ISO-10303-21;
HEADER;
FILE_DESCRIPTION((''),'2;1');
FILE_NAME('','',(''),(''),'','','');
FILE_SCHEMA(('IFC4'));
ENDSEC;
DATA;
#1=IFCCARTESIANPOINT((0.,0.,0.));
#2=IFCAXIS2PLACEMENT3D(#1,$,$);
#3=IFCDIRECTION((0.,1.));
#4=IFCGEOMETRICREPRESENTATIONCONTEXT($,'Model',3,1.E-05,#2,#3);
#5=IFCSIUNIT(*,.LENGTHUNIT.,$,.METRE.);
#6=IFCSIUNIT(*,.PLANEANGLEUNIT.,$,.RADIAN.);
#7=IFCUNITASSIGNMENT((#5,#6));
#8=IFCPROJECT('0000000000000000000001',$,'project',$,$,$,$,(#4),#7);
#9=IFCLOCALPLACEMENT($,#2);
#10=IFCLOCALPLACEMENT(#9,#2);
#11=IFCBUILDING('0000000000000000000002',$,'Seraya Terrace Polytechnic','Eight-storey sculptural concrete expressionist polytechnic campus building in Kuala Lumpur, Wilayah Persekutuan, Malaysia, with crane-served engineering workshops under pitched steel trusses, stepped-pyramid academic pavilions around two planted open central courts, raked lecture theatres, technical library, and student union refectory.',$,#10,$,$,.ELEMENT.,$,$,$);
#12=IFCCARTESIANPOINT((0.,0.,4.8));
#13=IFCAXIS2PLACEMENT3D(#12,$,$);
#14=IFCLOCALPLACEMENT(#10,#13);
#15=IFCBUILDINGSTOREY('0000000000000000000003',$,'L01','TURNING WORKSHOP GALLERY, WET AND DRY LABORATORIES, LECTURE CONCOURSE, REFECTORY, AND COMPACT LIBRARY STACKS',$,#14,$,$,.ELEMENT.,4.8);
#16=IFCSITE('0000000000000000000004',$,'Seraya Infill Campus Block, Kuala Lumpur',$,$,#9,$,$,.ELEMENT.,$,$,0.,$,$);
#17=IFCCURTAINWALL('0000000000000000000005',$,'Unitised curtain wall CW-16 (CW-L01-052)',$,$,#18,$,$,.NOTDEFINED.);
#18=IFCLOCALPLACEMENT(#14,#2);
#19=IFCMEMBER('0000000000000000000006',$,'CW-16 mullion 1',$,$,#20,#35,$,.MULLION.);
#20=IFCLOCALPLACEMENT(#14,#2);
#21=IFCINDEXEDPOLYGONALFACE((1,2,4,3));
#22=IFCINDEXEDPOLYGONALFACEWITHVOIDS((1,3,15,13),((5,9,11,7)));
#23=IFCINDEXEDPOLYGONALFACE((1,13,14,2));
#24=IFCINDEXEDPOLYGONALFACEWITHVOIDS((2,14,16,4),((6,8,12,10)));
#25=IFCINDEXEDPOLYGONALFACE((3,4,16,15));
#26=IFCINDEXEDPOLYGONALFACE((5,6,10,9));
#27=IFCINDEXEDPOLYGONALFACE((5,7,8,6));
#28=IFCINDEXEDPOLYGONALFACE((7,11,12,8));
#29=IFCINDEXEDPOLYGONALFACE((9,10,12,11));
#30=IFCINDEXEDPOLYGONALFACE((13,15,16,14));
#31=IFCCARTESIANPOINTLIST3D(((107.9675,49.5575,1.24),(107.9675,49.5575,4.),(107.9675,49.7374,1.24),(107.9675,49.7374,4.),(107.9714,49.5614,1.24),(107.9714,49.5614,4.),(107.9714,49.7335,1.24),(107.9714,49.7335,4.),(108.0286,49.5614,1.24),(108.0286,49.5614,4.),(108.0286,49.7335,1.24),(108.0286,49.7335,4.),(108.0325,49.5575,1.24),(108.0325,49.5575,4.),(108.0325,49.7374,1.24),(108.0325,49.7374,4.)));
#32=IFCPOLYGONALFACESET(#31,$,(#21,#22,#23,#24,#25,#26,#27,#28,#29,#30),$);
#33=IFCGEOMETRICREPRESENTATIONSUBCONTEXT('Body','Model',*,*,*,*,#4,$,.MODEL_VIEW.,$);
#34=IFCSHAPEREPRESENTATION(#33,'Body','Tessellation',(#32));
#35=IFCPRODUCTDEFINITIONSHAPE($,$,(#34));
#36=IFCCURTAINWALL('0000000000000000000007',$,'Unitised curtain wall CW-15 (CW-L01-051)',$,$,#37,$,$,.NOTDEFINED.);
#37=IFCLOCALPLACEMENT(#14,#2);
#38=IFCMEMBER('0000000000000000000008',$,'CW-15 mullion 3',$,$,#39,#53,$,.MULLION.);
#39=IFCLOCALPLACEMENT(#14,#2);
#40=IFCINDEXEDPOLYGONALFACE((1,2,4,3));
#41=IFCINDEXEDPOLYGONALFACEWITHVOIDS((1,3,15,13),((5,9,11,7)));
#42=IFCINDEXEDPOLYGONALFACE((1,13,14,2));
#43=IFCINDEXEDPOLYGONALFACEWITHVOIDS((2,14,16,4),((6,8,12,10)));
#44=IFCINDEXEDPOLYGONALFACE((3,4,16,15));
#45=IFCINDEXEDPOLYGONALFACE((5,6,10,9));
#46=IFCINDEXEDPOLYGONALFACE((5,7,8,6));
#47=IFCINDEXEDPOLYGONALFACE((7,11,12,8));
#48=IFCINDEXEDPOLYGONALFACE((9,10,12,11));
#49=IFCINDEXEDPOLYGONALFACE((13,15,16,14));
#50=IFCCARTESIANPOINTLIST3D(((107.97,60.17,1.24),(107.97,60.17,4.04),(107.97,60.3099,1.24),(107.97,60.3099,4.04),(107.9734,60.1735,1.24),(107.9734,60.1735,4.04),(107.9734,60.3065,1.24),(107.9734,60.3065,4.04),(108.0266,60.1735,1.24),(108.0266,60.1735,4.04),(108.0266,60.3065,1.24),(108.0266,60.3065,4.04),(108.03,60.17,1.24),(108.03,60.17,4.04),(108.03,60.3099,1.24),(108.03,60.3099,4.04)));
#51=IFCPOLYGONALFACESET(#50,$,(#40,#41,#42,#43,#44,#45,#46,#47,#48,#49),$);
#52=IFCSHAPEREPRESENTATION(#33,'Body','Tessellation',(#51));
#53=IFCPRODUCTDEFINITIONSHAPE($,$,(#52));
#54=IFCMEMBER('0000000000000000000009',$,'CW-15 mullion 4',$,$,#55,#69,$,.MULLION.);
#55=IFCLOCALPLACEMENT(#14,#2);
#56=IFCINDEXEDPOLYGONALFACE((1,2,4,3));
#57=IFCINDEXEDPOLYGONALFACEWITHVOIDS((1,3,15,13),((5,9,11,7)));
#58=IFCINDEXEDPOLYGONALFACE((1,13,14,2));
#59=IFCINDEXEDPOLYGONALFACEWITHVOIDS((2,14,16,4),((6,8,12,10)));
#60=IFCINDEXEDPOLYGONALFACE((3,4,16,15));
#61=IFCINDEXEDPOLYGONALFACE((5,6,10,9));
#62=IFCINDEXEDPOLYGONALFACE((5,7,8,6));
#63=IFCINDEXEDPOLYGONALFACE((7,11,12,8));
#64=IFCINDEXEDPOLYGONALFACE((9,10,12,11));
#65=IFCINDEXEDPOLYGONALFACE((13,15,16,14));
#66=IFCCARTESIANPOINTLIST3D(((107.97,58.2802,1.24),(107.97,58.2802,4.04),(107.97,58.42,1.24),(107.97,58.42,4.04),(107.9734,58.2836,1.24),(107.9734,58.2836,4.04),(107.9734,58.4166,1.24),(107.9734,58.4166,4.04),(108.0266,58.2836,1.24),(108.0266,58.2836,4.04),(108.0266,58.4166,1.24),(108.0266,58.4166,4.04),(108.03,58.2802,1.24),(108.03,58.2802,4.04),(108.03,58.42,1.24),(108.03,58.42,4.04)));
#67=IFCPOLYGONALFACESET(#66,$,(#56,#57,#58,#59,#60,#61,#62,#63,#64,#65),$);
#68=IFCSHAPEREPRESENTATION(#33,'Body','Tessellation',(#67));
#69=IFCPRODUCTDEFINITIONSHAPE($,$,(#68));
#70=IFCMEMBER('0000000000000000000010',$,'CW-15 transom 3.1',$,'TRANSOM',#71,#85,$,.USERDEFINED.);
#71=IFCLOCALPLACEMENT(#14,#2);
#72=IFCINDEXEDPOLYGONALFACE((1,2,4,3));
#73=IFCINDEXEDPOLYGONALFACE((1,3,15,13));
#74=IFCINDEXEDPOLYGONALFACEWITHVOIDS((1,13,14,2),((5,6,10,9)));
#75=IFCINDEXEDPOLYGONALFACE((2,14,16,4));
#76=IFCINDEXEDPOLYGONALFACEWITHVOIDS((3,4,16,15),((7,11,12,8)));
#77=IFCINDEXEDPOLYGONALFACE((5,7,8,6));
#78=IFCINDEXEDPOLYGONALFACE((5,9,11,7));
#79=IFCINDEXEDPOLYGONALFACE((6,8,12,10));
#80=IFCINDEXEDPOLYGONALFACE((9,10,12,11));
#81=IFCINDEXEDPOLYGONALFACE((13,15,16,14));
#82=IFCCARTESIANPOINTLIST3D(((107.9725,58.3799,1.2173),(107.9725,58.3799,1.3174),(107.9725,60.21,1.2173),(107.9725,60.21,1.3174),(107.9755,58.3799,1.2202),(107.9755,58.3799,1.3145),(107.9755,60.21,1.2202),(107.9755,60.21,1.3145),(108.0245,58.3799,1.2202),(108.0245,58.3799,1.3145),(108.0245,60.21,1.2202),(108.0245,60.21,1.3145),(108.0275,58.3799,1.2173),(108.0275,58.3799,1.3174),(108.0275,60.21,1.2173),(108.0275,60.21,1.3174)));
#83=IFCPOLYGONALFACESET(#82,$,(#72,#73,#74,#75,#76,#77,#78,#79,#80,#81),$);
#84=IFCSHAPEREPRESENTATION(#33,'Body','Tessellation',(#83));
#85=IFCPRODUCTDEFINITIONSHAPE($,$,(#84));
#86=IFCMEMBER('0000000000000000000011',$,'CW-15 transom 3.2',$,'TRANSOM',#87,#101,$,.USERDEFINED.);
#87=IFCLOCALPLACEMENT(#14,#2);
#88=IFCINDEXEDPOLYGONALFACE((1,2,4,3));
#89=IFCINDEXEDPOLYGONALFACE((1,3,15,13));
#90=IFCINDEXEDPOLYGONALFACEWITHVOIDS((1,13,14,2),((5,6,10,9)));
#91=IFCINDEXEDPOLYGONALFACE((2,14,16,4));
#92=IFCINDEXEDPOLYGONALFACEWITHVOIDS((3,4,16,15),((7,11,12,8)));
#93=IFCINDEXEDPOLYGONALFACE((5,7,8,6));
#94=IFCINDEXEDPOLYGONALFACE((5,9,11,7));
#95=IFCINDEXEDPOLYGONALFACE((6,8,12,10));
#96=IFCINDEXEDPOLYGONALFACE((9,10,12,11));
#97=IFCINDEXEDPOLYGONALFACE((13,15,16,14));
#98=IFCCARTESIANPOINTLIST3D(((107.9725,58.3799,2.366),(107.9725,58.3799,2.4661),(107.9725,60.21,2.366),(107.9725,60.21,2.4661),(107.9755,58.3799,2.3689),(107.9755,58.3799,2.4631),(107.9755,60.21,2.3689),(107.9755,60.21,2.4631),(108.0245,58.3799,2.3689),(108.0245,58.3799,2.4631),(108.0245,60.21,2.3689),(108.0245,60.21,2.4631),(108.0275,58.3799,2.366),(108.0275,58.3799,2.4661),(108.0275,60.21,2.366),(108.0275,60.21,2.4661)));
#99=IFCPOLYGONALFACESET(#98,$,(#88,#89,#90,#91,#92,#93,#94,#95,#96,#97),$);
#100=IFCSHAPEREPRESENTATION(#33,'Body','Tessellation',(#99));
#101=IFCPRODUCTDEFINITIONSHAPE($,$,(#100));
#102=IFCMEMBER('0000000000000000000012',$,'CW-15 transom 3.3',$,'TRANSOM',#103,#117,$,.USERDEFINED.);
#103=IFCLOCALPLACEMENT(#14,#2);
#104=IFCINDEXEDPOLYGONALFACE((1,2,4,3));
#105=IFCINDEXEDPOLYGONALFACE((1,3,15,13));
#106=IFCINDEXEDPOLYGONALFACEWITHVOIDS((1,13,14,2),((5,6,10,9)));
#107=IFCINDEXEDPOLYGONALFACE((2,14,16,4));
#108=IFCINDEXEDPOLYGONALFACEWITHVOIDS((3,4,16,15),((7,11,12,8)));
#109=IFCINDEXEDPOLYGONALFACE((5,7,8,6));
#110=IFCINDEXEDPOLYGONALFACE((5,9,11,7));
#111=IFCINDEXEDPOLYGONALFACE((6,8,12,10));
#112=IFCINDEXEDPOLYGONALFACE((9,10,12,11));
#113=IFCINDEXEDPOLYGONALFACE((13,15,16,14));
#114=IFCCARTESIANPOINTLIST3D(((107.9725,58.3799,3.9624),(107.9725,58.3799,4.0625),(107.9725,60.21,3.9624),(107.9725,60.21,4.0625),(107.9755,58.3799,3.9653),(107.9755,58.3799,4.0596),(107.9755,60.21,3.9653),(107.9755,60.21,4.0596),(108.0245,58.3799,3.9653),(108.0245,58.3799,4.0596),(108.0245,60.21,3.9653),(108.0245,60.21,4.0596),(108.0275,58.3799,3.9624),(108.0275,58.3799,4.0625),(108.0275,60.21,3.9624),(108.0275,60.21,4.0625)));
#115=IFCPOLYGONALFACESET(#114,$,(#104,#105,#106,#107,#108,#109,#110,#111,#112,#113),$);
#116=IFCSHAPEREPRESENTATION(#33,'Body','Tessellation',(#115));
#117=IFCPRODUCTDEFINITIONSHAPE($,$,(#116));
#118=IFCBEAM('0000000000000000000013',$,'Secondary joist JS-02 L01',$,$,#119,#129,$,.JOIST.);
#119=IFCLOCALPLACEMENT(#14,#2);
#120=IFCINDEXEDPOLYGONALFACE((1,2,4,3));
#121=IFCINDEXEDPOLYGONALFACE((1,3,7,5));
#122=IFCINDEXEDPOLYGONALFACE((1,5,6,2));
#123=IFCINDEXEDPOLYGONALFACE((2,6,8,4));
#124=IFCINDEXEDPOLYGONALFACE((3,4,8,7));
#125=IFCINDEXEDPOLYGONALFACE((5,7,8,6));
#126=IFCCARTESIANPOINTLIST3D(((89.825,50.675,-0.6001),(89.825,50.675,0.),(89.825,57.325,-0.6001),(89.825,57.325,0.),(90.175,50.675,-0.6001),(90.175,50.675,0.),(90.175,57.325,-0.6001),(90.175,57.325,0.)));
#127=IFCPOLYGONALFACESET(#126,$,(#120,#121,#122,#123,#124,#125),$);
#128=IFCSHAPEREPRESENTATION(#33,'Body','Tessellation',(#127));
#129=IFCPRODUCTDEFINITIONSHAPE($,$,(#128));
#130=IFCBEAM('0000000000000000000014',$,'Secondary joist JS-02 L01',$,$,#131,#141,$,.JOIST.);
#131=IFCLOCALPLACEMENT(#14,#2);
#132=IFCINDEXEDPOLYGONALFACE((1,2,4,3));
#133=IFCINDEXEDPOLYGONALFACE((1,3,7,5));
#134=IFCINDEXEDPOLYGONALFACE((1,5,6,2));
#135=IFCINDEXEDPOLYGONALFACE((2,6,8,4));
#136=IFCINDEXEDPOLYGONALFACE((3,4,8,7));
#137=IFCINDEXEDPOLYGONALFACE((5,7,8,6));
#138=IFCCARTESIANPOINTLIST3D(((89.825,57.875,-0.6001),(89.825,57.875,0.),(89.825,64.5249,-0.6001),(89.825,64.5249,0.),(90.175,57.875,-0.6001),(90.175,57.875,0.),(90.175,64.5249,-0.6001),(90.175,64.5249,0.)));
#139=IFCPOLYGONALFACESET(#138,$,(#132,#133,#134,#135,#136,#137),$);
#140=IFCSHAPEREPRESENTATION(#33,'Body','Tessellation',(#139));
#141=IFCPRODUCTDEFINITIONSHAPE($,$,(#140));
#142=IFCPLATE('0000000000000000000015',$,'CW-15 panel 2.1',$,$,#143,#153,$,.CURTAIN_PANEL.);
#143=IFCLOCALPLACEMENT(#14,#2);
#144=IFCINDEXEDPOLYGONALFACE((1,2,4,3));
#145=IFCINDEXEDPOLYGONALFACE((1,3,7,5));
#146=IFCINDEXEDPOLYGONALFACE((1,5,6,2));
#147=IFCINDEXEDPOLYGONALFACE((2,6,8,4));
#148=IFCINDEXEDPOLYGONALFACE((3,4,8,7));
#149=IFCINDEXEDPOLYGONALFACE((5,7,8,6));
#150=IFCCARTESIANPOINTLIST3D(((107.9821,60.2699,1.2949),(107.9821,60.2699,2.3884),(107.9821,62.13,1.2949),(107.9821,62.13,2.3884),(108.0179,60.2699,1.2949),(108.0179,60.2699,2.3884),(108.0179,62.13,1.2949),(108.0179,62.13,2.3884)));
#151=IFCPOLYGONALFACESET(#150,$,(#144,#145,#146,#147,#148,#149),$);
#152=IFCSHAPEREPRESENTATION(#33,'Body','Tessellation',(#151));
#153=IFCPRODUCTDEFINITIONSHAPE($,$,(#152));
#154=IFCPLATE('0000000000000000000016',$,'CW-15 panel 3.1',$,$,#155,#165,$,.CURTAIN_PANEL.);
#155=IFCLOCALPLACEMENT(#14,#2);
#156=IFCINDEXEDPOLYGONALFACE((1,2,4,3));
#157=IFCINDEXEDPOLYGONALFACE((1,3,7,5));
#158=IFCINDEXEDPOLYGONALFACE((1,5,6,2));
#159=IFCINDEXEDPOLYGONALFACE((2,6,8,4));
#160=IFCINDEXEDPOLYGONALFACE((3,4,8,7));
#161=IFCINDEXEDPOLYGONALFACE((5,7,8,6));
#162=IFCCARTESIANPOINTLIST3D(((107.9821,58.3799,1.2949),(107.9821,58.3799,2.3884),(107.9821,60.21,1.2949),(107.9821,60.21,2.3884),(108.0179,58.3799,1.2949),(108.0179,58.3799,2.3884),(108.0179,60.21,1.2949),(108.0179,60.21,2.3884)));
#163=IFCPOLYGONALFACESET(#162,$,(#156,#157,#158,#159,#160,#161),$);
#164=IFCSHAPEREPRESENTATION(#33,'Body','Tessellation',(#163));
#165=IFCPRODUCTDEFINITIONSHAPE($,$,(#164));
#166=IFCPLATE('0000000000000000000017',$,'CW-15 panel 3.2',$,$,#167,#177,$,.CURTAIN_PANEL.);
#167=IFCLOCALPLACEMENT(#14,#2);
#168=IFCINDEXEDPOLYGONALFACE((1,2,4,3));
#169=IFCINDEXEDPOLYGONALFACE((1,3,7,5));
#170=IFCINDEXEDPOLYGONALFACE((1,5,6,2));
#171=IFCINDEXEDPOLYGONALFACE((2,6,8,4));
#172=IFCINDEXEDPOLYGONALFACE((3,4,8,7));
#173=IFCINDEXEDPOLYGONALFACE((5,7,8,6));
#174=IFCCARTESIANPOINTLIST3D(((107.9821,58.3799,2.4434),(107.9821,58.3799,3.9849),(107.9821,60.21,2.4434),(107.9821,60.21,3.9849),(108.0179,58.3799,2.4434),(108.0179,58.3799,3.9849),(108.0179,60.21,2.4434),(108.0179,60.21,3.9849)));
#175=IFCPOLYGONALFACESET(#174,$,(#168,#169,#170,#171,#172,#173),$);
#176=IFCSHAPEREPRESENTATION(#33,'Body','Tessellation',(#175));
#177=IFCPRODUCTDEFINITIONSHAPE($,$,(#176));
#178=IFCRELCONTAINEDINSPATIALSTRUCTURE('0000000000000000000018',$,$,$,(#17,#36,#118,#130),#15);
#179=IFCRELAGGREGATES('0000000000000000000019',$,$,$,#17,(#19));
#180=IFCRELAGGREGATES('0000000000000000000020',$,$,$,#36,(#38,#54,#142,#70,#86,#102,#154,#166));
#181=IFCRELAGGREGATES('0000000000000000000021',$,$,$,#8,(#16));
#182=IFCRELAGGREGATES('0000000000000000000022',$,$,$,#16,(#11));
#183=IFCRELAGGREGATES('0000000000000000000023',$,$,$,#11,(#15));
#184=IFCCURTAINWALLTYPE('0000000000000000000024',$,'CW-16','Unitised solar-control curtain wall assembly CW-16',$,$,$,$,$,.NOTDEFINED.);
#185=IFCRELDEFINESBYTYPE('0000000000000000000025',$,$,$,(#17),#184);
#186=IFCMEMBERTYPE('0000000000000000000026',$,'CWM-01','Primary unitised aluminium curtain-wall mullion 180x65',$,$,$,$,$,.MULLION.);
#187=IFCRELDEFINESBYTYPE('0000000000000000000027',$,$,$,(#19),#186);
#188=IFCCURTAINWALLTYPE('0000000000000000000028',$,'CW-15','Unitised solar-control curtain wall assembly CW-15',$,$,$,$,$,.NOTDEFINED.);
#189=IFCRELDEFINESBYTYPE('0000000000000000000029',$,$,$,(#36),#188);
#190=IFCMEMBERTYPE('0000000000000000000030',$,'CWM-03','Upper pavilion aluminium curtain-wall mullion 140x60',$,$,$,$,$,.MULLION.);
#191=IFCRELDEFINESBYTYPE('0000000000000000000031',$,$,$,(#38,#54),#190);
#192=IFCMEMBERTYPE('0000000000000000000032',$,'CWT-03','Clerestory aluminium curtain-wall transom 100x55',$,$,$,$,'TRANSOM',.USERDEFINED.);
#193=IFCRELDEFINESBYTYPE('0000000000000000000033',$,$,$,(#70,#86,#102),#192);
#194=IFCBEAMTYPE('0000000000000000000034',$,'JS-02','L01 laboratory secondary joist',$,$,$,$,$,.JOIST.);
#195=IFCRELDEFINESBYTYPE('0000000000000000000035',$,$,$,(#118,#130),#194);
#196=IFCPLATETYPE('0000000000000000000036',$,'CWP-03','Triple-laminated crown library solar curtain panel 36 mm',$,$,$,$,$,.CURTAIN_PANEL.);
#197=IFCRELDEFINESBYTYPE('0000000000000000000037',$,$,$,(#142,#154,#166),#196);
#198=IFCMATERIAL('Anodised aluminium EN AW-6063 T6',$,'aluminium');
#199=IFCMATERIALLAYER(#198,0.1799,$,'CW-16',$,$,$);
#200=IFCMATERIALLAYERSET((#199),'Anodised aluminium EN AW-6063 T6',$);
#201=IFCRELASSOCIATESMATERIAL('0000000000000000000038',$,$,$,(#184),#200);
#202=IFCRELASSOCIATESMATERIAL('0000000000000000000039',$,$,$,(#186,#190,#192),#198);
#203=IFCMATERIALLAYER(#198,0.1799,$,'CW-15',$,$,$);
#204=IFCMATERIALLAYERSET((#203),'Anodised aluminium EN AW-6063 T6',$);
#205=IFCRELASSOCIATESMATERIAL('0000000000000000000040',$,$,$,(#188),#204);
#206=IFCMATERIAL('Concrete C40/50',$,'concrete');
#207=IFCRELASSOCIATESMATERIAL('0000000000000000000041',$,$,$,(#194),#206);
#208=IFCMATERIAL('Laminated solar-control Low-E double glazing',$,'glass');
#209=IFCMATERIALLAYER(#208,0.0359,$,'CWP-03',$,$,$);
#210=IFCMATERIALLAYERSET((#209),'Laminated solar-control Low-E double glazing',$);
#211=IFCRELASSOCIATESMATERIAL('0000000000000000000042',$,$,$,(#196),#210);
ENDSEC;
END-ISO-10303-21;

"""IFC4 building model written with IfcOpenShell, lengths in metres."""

from ifc_helpers import new_model, si_unit, direction, frame, origin, origin_2d, place, context, subcontext, project, spatial, rectangle, hollow_rectangle, extrude, material, layer, layer_set, material_profile, profile_set, type_object, element, aggregate, save


model = new_model("IFC4")

# Units and contexts
model_context = context("Model", 3, precision=1e-05, world=origin(), true_north=direction((0.0, 1.0)))
body_context = subcontext(model_context, "Body", "Model", "MODEL_VIEW")
ifc_project = project(units=[si_unit("LENGTHUNIT", "METRE"), si_unit("PLANEANGLEUNIT", "RADIAN")], contexts=[model_context])

# Site, building, storey
site_placement = place(None, origin())
site = spatial("IfcSite", under=ifc_project, at=site_placement, Name="Seraya Infill Campus Block, Kuala Lumpur", CompositionType="ELEMENT", RefElevation=0.0)
building_placement = place(site_placement, origin())
building = spatial("IfcBuilding", under=site, at=building_placement, Name="Seraya Terrace Polytechnic", Description="Eight-storey sculptural concrete expressionist polytechnic campus building in Kuala Lumpur, Wilayah Persekutuan, Malaysia, with crane-served engineering workshops under pitched steel trusses, stepped-pyramid academic pavilions around two planted open central courts, raked lecture theatres, technical library, and student union refectory.", CompositionType="ELEMENT")
storey_placement = place(building_placement, frame((0.0, 0.0, 4.8)))
storey = spatial("IfcBuildingStorey", under=building, at=storey_placement, Name="L01", Description="TURNING WORKSHOP GALLERY, WET AND DRY LABORATORIES, LECTURE CONCOURSE, REFECTORY, AND COMPACT LIBRARY STACKS", CompositionType="ELEMENT", Elevation=4.8)

# Shared definitions
ifc_material_1 = material(Name="Concrete C40/50", Category="concrete")

# Curtain wall, member
ifc_material_2 = material(Name="Anodised aluminium EN AW-6063 T6", Category="aluminium")
ifc_layer_1 = layer(ifc_material_2, 0.1799, Name="CW-16")
ifc_layer_set_1 = layer_set([ifc_layer_1], Name="Anodised aluminium EN AW-6063 T6")
curtain_wall_type_1 = type_object("IfcCurtainWallType", Name="CW-16", Description="Unitised solar-control curtain wall assembly CW-16", PredefinedType="NOTDEFINED", material=ifc_layer_set_1)
curtain_wall_1_placement = place(storey_placement, origin())
curtain_wall_1 = element("IfcCurtainWall", 1, at=curtain_wall_1_placement, inside=storey, type_object=curtain_wall_type_1, Name="Unitised curtain wall CW-16 (CW-L01-052)", PredefinedType="NOTDEFINED")
ifc_material_profile_1 = material_profile(ifc_material_2, hollow_rectangle(XDim=0.0649, YDim=0.1799, WallThickness=0.0039, at=origin_2d()), Name="RHS 180x65x4.0")
ifc_profile_set_1 = profile_set([ifc_material_profile_1], Name="Anodised aluminium EN AW-6063 T6")
member_type_1 = type_object("IfcMemberType", Name="CWM-01", Description="Primary unitised aluminium curtain-wall mullion 180x65", PredefinedType="MULLION", material=ifc_profile_set_1)
member_1_placement = place(storey_placement, frame((108.0, 49.6475, 1.24), z_axis=(0.0, 0.0, 1.0), x_axis=(1.0, 0.0, 0.0)))
member_1 = element("IfcMember", 2, at=member_1_placement, type_object=member_type_1, Name="CW-16 mullion 1", PredefinedType="MULLION", context=body_context, shape_type="SweptSolid", body=[
    extrude(hollow_rectangle(XDim=0.0649, YDim=0.1799, WallThickness=0.0039, at=origin_2d()), origin(), (0.0, 0.0, 1.0), 2.76),
])
aggregate(curtain_wall_1, [member_1])

# Curtain wall, members
ifc_layer_2 = layer(ifc_material_2, 0.1799, Name="CW-15")
ifc_layer_set_2 = layer_set([ifc_layer_2], Name="Anodised aluminium EN AW-6063 T6")
curtain_wall_type_2 = type_object("IfcCurtainWallType", Name="CW-15", Description="Unitised solar-control curtain wall assembly CW-15", PredefinedType="NOTDEFINED", material=ifc_layer_set_2)
curtain_wall_2_placement = place(storey_placement, origin())
curtain_wall_2 = element("IfcCurtainWall", 3, at=curtain_wall_2_placement, inside=storey, type_object=curtain_wall_type_2, Name="Unitised curtain wall CW-15 (CW-L01-051)", PredefinedType="NOTDEFINED")
ifc_material_profile_2 = material_profile(ifc_material_2, hollow_rectangle(XDim=0.0601, YDim=0.1399, WallThickness=0.0034, at=origin_2d()), Name="RHS 140x60x3.5")
ifc_profile_set_2 = profile_set([ifc_material_profile_2], Name="Anodised aluminium EN AW-6063 T6")
member_type_2 = type_object("IfcMemberType", Name="CWM-03", Description="Upper pavilion aluminium curtain-wall mullion 140x60", PredefinedType="MULLION", material=ifc_profile_set_2)
member_2_placement = place(storey_placement, frame((108.0, 60.24, 1.24), z_axis=(0.0, 0.0, 1.0), x_axis=(1.0, 0.0, 0.0)))
member_2 = element("IfcMember", 4, at=member_2_placement, type_object=member_type_2, Name="CW-15 mullion 3", PredefinedType="MULLION", context=body_context, shape_type="SweptSolid", body=[
    extrude(hollow_rectangle(XDim=0.0601, YDim=0.1399, WallThickness=0.0034, at=origin_2d()), origin(), (0.0, 0.0, 1.0), 2.8),
])
member_3_placement = place(storey_placement, frame((108.0, 58.3501, 1.24), z_axis=(0.0, 0.0, 1.0), x_axis=(1.0, 0.0, 0.0)))
member_3 = element("IfcMember", 5, at=member_3_placement, type_object=member_type_2, Name="CW-15 mullion 4", PredefinedType="MULLION", context=body_context, shape_type="SweptSolid", body=[
    extrude(hollow_rectangle(XDim=0.0601, YDim=0.1399, WallThickness=0.0034, at=origin_2d()), origin(), (0.0, 0.0, 1.0), 2.8),
])
ifc_material_profile_3 = material_profile(ifc_material_2, hollow_rectangle(XDim=0.0549, YDim=0.1001, WallThickness=0.0029, at=origin_2d()), Name="RHS 100x55x3.0")
ifc_profile_set_3 = profile_set([ifc_material_profile_3], Name="Anodised aluminium EN AW-6063 T6")
member_type_3 = type_object("IfcMemberType", Name="CWT-03", Description="Clerestory aluminium curtain-wall transom 100x55", ElementType="TRANSOM", PredefinedType="USERDEFINED", material=ifc_profile_set_3)
member_4_placement = place(storey_placement, frame((108.0, 60.21, 1.2673), z_axis=(0.0, -1.0, 0.0), x_axis=(1.0, 0.0, 0.0)))
member_4 = element("IfcMember", 6, at=member_4_placement, type_object=member_type_3, Name="CW-15 transom 3.1", ObjectType="TRANSOM", PredefinedType="USERDEFINED", context=body_context, shape_type="SweptSolid", body=[
    extrude(hollow_rectangle(XDim=0.0549, YDim=0.1001, WallThickness=0.0029, at=origin_2d()), origin(), (0.0, 0.0, 1.0), 1.8301),
])
member_5_placement = place(storey_placement, frame((108.0, 60.21, 2.416), z_axis=(0.0, -1.0, 0.0), x_axis=(1.0, 0.0, 0.0)))
member_5 = element("IfcMember", 7, at=member_5_placement, type_object=member_type_3, Name="CW-15 transom 3.2", ObjectType="TRANSOM", PredefinedType="USERDEFINED", context=body_context, shape_type="SweptSolid", body=[
    extrude(hollow_rectangle(XDim=0.0549, YDim=0.1001, WallThickness=0.0029, at=origin_2d()), origin(), (0.0, 0.0, 1.0), 1.8301),
])
member_6_placement = place(storey_placement, frame((108.0, 60.21, 4.0125), z_axis=(0.0, -1.0, 0.0), x_axis=(1.0, 0.0, 0.0)))
member_6 = element("IfcMember", 8, at=member_6_placement, type_object=member_type_3, Name="CW-15 transom 3.3", ObjectType="TRANSOM", PredefinedType="USERDEFINED", context=body_context, shape_type="SweptSolid", body=[
    extrude(hollow_rectangle(XDim=0.0549, YDim=0.1001, WallThickness=0.0029, at=origin_2d()), origin(), (0.0, 0.0, 1.0), 1.8301),
])

# Beams
ifc_material_profile_4 = material_profile(ifc_material_1, rectangle(XDim=0.3501, YDim=0.6001, at=origin_2d()), Name="RC 350x600")
ifc_profile_set_4 = profile_set([ifc_material_profile_4], Name="Concrete C40/50")
beam_type_1 = type_object("IfcBeamType", Name="JS-02", Description="L01 laboratory secondary joist", PredefinedType="JOIST", material=ifc_profile_set_4)
for number, where, z_axis, x_axis, name in (
    (9, (90.0, 50.675, -0.3), (0.0, 1.0, 0.0), (-1.0, 0.0, 0.0), "Secondary joist JS-02 L01"),
    (10, (90.0, 57.875, -0.3), (0.0, 1.0, 0.0), (-1.0, 0.0, 0.0), "Secondary joist JS-02 L01"),
):
    element("IfcBeam", number, at=place(storey_placement, frame(where, z_axis=z_axis, x_axis=x_axis)), inside=storey, type_object=beam_type_1, Name=name, PredefinedType="JOIST", context=body_context, shape_type="SweptSolid", body=[
        extrude(rectangle(XDim=0.3501, YDim=0.6001, at=origin_2d()), origin(), (0.0, 0.0, 1.0), 6.6499),
    ])

# Plates
ifc_material_3 = material(Name="Laminated solar-control Low-E double glazing", Category="glass")
ifc_layer_3 = layer(ifc_material_3, 0.0359, Name="CWP-03")
ifc_layer_set_3 = layer_set([ifc_layer_3], Name="Laminated solar-control Low-E double glazing")
plate_type = type_object("IfcPlateType", Name="CWP-03", Description="Triple-laminated crown library solar curtain panel 36 mm", PredefinedType="CURTAIN_PANEL", material=ifc_layer_set_3)
plate_1_placement = place(storey_placement, frame((108.0, 61.2, 1.2949), z_axis=(0.0, 0.0, 1.0), x_axis=(0.0, -1.0, 0.0)))
plate_1 = element("IfcPlate", 11, at=plate_1_placement, type_object=plate_type, Name="CW-15 panel 2.1", PredefinedType="CURTAIN_PANEL", context=body_context, shape_type="SweptSolid", body=[
    extrude(rectangle(XDim=1.8601, YDim=0.0359, at=origin_2d()), origin(), (0.0, 0.0, 1.0), 1.0935),
])
plate_2_placement = place(storey_placement, frame((108.0, 59.2949, 1.2949), z_axis=(0.0, 0.0, 1.0), x_axis=(0.0, -1.0, 0.0)))
plate_2 = element("IfcPlate", 12, at=plate_2_placement, type_object=plate_type, Name="CW-15 panel 3.1", PredefinedType="CURTAIN_PANEL", context=body_context, shape_type="SweptSolid", body=[
    extrude(rectangle(XDim=1.8301, YDim=0.0359, at=origin_2d()), origin(), (0.0, 0.0, 1.0), 1.0935),
])
plate_3_placement = place(storey_placement, frame((108.0, 59.2949, 2.4434), z_axis=(0.0, 0.0, 1.0), x_axis=(0.0, -1.0, 0.0)))
plate_3 = element("IfcPlate", 13, at=plate_3_placement, type_object=plate_type, Name="CW-15 panel 3.2", PredefinedType="CURTAIN_PANEL", context=body_context, shape_type="SweptSolid", body=[
    extrude(rectangle(XDim=1.8301, YDim=0.0359, at=origin_2d()), origin(), (0.0, 0.0, 1.0), 1.5415),
])
aggregate(curtain_wall_2, [member_2, member_3, plate_1, member_4, member_5, member_6, plate_2, plate_3])

save(model, "model.ifc")
